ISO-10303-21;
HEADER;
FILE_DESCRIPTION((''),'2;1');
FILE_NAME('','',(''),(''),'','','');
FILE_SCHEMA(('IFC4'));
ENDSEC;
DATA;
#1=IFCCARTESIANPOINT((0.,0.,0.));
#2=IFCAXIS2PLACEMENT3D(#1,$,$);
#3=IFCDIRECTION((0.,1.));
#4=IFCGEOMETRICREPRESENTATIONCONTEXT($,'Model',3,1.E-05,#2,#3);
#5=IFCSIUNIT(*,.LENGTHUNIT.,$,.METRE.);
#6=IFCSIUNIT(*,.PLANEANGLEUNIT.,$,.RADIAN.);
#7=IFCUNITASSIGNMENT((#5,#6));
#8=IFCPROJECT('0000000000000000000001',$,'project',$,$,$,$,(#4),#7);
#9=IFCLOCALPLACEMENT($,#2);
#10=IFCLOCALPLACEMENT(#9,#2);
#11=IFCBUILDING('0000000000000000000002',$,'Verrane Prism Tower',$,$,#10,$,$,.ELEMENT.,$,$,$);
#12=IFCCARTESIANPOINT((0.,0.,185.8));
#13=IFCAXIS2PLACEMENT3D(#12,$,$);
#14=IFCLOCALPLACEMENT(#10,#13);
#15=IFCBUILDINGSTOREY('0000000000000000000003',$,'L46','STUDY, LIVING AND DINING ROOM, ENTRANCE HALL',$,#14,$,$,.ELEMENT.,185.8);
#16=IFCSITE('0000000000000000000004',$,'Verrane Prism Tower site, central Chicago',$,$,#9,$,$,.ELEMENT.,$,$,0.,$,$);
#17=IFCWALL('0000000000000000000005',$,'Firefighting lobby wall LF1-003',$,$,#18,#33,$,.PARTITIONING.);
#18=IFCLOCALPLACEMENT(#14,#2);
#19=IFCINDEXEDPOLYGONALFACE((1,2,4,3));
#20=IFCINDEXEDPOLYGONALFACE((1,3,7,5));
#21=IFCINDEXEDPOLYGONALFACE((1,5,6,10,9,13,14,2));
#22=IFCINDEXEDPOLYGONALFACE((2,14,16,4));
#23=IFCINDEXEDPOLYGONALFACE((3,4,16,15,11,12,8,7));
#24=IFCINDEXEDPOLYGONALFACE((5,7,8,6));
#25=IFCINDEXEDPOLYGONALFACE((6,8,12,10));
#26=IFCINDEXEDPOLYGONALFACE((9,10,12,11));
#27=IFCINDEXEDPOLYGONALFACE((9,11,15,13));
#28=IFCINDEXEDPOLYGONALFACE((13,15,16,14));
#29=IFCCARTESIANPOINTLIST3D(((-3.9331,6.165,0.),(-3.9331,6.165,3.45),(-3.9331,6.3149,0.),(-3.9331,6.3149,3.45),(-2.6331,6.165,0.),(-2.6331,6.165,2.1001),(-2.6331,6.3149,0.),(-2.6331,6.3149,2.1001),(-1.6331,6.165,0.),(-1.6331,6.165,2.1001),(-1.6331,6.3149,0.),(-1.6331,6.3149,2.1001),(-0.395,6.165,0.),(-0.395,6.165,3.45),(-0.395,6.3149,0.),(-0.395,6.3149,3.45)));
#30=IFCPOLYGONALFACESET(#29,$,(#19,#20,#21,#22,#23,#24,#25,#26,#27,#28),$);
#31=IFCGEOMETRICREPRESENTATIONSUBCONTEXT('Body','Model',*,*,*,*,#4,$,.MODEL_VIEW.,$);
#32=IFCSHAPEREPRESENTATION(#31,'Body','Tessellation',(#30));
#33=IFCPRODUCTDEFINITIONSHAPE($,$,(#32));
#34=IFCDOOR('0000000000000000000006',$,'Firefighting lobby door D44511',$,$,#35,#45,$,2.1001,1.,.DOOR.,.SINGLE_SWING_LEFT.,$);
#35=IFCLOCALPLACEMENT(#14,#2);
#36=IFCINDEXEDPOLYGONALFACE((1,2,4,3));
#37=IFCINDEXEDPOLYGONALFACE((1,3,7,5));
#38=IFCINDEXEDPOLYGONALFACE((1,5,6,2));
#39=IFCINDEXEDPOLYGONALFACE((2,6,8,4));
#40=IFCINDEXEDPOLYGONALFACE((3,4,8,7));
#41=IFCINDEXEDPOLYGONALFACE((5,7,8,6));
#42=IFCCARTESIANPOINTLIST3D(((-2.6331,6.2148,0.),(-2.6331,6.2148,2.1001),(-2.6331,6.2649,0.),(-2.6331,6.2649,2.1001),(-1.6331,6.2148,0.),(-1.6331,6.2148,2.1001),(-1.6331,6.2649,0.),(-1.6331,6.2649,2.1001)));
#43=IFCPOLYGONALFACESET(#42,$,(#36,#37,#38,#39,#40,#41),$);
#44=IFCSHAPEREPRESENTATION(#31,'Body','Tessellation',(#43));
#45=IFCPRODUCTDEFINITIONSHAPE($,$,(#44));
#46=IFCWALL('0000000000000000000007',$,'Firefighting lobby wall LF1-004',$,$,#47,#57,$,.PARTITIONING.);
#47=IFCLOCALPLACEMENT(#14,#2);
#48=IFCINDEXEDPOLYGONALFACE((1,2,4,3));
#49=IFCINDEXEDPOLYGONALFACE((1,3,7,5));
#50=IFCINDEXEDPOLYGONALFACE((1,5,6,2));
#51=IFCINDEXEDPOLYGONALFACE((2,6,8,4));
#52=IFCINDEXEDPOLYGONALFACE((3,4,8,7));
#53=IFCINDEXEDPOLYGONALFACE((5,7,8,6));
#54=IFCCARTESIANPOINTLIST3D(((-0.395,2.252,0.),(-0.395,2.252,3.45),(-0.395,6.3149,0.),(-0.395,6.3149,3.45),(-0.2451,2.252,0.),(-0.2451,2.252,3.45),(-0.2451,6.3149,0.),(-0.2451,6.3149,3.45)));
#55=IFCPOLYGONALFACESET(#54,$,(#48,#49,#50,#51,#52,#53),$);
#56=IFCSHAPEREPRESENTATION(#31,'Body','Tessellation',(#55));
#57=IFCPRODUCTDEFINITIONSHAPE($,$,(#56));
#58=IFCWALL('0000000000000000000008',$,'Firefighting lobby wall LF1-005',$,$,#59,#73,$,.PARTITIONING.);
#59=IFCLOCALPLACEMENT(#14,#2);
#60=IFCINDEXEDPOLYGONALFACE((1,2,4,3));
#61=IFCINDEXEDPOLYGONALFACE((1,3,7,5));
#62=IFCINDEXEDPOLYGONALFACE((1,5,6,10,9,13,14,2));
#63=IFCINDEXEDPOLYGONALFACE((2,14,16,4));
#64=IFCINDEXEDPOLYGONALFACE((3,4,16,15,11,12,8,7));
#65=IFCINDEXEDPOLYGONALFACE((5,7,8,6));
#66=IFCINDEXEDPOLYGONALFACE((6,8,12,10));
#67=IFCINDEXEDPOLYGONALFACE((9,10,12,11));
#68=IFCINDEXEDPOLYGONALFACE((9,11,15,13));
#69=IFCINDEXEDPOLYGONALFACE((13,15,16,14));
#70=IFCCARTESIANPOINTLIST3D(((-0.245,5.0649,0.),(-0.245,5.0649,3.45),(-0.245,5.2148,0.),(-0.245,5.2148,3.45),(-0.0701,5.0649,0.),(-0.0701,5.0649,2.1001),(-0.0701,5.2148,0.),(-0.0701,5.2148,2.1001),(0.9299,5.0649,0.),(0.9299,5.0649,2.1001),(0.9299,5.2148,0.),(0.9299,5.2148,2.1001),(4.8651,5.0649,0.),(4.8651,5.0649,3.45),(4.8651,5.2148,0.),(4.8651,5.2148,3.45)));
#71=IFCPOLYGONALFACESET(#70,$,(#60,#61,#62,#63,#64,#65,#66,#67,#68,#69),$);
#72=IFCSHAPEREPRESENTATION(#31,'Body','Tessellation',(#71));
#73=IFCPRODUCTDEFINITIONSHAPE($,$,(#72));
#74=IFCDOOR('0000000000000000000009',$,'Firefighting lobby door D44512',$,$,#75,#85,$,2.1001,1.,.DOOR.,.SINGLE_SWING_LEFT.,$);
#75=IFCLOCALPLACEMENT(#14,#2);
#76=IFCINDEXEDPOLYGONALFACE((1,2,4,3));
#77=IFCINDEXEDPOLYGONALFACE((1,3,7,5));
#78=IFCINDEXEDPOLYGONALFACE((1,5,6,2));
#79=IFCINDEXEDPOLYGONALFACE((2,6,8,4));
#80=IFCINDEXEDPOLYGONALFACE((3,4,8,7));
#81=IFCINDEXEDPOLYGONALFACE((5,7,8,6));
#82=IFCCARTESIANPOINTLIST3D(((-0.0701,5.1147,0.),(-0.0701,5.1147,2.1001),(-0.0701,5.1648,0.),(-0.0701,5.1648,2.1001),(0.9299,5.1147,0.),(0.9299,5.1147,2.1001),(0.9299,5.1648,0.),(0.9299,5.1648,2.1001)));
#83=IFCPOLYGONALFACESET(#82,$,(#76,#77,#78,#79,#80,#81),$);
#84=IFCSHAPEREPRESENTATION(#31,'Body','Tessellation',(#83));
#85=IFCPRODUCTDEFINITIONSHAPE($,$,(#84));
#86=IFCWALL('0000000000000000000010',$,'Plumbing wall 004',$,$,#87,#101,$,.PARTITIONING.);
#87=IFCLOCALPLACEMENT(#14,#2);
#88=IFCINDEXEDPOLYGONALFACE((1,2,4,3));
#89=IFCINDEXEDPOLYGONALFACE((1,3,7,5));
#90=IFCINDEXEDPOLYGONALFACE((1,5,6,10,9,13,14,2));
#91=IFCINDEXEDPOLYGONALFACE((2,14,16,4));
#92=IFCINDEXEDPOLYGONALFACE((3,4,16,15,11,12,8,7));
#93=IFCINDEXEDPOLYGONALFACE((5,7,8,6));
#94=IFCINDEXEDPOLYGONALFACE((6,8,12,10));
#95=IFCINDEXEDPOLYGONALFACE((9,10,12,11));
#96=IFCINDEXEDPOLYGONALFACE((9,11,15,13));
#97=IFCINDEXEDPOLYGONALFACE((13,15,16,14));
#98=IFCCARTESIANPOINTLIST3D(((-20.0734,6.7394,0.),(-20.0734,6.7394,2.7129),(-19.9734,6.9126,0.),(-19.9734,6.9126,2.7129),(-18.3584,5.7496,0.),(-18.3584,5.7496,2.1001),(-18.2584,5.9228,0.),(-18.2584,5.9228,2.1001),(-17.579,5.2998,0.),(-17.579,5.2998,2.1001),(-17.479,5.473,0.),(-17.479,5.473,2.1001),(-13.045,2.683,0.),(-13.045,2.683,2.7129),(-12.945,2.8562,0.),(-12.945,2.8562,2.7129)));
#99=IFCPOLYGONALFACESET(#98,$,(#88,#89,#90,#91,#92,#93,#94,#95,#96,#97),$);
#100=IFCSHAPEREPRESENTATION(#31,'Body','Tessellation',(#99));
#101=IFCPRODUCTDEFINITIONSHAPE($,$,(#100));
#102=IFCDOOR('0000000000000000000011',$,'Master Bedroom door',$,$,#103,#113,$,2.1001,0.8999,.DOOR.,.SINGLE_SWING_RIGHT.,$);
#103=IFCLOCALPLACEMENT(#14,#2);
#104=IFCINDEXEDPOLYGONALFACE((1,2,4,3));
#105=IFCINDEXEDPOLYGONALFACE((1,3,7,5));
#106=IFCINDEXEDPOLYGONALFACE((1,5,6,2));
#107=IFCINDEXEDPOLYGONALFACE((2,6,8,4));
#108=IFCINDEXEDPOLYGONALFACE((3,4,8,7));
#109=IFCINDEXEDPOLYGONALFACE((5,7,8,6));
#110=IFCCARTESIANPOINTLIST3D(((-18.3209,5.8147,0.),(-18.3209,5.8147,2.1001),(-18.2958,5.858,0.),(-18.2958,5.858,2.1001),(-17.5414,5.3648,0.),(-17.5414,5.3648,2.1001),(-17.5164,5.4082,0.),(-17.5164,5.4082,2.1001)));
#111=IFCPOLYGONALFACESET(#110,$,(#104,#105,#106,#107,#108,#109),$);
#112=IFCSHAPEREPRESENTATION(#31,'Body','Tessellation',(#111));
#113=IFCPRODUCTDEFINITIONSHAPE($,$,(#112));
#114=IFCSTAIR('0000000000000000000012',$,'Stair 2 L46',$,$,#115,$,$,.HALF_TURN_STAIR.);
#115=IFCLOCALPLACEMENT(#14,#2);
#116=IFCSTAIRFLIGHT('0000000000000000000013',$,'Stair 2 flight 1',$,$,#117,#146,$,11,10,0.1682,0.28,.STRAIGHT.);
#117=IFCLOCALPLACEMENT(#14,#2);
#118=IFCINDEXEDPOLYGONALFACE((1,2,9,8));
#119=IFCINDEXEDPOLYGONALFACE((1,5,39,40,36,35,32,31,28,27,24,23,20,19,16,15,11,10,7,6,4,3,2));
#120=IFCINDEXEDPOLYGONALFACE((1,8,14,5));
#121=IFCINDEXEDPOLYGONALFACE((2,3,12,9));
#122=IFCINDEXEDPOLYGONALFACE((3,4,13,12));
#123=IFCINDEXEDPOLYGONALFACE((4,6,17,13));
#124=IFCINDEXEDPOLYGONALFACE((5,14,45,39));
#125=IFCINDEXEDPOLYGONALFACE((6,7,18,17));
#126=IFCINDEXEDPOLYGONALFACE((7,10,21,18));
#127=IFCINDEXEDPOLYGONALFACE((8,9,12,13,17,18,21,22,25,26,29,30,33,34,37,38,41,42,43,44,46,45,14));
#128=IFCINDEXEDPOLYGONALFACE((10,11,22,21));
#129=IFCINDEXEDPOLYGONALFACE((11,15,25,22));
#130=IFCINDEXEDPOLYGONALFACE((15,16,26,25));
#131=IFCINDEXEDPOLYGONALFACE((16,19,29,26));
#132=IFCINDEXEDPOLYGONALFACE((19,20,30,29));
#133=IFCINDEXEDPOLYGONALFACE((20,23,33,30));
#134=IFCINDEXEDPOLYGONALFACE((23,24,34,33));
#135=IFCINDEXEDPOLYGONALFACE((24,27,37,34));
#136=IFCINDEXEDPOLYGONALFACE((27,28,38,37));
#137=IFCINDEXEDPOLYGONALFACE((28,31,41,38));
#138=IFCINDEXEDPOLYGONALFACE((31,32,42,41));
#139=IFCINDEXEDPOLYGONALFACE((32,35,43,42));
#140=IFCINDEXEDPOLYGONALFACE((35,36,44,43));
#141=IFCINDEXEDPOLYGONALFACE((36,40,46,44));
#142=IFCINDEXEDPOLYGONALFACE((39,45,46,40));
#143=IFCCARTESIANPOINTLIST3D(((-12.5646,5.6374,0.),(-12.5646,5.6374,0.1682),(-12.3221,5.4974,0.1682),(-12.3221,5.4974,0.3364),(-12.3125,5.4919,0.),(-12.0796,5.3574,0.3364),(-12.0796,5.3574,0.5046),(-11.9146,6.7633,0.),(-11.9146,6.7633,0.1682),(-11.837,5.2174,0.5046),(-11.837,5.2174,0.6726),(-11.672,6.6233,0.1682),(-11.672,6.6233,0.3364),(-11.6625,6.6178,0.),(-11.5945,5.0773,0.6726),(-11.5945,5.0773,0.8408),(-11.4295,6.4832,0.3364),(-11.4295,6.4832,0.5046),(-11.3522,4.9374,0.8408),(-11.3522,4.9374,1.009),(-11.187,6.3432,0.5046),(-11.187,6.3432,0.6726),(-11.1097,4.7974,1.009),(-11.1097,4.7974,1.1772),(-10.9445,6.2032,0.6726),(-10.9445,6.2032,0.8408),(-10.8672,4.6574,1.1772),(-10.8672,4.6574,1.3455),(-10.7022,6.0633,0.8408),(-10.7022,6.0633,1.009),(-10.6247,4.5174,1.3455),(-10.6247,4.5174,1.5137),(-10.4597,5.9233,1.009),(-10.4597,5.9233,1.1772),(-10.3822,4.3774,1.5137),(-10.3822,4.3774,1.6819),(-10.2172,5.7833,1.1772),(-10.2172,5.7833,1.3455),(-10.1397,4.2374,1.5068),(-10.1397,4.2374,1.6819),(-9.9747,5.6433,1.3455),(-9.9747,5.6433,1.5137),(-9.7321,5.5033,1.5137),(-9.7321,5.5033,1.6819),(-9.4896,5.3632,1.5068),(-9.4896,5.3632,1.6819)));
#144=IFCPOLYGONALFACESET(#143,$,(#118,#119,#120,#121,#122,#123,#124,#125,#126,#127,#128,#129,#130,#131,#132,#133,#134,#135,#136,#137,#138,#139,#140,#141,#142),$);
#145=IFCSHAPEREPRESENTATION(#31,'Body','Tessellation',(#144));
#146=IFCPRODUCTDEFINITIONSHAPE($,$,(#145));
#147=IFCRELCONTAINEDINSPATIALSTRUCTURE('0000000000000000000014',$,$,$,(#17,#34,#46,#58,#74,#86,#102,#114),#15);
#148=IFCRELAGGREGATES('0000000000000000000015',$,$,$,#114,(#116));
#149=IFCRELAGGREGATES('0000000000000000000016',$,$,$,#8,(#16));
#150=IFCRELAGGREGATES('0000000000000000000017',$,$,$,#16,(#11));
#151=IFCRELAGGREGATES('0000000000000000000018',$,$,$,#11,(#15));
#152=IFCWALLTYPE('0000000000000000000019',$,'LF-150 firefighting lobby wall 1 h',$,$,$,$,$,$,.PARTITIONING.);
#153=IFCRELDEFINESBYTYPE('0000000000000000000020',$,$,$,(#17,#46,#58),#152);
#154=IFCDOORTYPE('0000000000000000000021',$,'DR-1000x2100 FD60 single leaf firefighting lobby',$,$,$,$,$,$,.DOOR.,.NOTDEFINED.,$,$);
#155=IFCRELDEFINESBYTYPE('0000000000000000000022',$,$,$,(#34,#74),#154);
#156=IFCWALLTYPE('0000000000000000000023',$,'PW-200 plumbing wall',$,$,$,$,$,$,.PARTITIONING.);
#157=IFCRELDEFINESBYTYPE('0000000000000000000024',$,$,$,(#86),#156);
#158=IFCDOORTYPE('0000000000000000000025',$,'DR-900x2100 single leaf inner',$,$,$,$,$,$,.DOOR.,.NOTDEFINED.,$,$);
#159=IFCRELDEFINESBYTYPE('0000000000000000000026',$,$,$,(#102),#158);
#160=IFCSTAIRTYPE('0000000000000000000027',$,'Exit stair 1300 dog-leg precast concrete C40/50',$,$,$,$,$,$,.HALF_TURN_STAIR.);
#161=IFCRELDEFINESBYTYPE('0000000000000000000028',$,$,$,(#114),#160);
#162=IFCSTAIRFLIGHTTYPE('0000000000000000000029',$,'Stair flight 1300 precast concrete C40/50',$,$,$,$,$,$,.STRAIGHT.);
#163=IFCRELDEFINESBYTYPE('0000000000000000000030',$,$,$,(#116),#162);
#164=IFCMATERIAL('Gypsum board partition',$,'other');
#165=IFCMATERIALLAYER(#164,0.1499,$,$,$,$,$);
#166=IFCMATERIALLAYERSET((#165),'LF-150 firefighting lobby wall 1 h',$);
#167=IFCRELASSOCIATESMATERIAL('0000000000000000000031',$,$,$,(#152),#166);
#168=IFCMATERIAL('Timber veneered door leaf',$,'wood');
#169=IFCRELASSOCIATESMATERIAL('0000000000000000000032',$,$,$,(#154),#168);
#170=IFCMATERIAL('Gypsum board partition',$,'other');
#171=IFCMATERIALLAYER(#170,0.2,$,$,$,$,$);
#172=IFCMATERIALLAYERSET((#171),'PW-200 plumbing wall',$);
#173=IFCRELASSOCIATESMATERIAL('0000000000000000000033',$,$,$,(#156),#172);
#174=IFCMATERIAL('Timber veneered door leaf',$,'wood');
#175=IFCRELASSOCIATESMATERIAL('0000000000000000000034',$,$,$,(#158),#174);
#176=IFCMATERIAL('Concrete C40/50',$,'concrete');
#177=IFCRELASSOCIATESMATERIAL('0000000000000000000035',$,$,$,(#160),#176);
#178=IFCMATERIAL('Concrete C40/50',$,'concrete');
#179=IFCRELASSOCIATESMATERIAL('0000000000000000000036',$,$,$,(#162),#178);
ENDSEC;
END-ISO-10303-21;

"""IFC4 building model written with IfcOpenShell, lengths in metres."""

from ifc_helpers import new_model, si_unit, direction, frame, frame_2d, origin, place, context, subcontext, project, spatial, polyline, rectangle, outline, extrude, material, layer, layer_set, type_object, element, fill, aggregate, save


model = new_model("IFC4")

# Units and contexts
model_context = context("Model", 3, precision=1e-05, world=origin(), true_north=direction((0.0, 1.0)))
body_context = subcontext(model_context, "Body", "Model", "MODEL_VIEW")
ifc_project = project(units=[si_unit("LENGTHUNIT", "METRE"), si_unit("PLANEANGLEUNIT", "RADIAN")], contexts=[model_context])

# Site, building, storey
site_placement = place(None, origin())
site = spatial("IfcSite", under=ifc_project, at=site_placement, Name="Verrane Prism Tower site, central Chicago", CompositionType="ELEMENT", RefElevation=0.0)
building_placement = place(site_placement, origin())
building = spatial("IfcBuilding", under=site, at=building_placement, Name="Verrane Prism Tower", CompositionType="ELEMENT")
storey_placement = place(building_placement, frame((0.0, 0.0, 185.8)))
storey = spatial("IfcBuildingStorey", under=building, at=storey_placement, Name="L46", Description="STUDY, LIVING AND DINING ROOM, ENTRANCE HALL", CompositionType="ELEMENT", Elevation=185.8)

# Shared definitions
ifc_material_1 = material(Name="Gypsum board partition", Category="other")
ifc_layer_1 = layer(ifc_material_1, 0.1499)
ifc_layer_set_1 = layer_set([ifc_layer_1], Name="LF-150 firefighting lobby wall 1 h")
wall_type_1 = type_object("IfcWallType", Name="LF-150 firefighting lobby wall 1 h", PredefinedType="PARTITIONING", material=ifc_layer_set_1)

# Wall, opening, door
wall_1_placement = place(storey_placement, frame((-3.9331, 6.24, 0.0), z_axis=(0.0, 0.0, 1.0), x_axis=(1.0, 0.0, 0.0)))
wall_1 = element("IfcWall", 1, at=wall_1_placement, inside=storey, type_object=wall_type_1, Name="Firefighting lobby wall LF1-003", PredefinedType="PARTITIONING", context=body_context, shape_type="SweptSolid", body=[
    extrude(rectangle(XDim=3.5381, YDim=0.1499, at=frame_2d((1.769, 0.0))), origin(), (0.0, 0.0, 1.0), 3.45),
])
opening_1_placement = place(wall_1_placement, frame((1.3, 0.0, 0.0)))
opening_1 = element("IfcOpeningElement", 2, at=opening_1_placement, cuts=wall_1, PredefinedType="OPENING", context=body_context, shape_type="SweptSolid", body=[
    extrude(rectangle(XDim=1.0, YDim=2.1001, at=frame_2d((0.5, 1.05))), frame((0.0, 0.085, 0.0), z_axis=(0.0, -1.0, 0.0), x_axis=(1.0, 0.0, 0.0)), (0.0, 0.0, 1.0), 0.1699),
])
ifc_material_2 = material(Name="Timber veneered door leaf", Category="wood")
door_type_1 = type_object("IfcDoorType", Name="DR-1000x2100 FD60 single leaf firefighting lobby", OperationType="NOTDEFINED", PredefinedType="DOOR", material=ifc_material_2)
door_1_placement = place(opening_1_placement, origin())
door_1 = element("IfcDoor", 3, at=door_1_placement, inside=storey, type_object=door_type_1, Name="Firefighting lobby door D44511", OperationType="SINGLE_SWING_LEFT", OverallHeight=2.1001, OverallWidth=1.0, PredefinedType="DOOR", context=body_context, shape_type="SweptSolid", body=[
    extrude(rectangle(XDim=1.0, YDim=2.1001, at=frame_2d((0.5, 1.05))), frame((0.0, 0.0249, 0.0), z_axis=(0.0, -1.0, 0.0), x_axis=(1.0, 0.0, 0.0)), (0.0, 0.0, 1.0), 0.05),
])
fill(opening_1, door_1)

# Wall
wall_2_placement = place(storey_placement, frame((-0.3201, 2.252, 0.0), z_axis=(0.0, 0.0, 1.0), x_axis=(0.0, 1.0, 0.0)))
element("IfcWall", 4, at=wall_2_placement, inside=storey, type_object=wall_type_1, Name="Firefighting lobby wall LF1-004", PredefinedType="PARTITIONING", context=body_context, shape_type="SweptSolid", body=[
    extrude(rectangle(XDim=4.063, YDim=0.1499, at=frame_2d((2.0315, 0.0))), origin(), (0.0, 0.0, 1.0), 3.45),
])

# Walls, openings, doors
wall_3_placement = place(storey_placement, frame((-0.2451, 5.1399, 0.0), z_axis=(0.0, 0.0, 1.0), x_axis=(1.0, 0.0, 0.0)))
wall_3 = element("IfcWall", 5, at=wall_3_placement, inside=storey, type_object=wall_type_1, Name="Firefighting lobby wall LF1-005", PredefinedType="PARTITIONING", context=body_context, shape_type="SweptSolid", body=[
    extrude(rectangle(XDim=5.1101, YDim=0.1499, at=frame_2d((2.5552, 0.0))), origin(), (0.0, 0.0, 1.0), 3.45),
])
opening_2_placement = place(wall_3_placement, frame((0.175, 0.0, 0.0)))
opening_2 = element("IfcOpeningElement", 6, at=opening_2_placement, cuts=wall_3, PredefinedType="OPENING", context=body_context, shape_type="SweptSolid", body=[
    extrude(rectangle(XDim=1.0, YDim=2.1001, at=frame_2d((0.5, 1.05))), frame((0.0, 0.085, 0.0), z_axis=(0.0, -1.0, 0.0), x_axis=(1.0, 0.0, 0.0)), (0.0, 0.0, 1.0), 0.1699),
])
door_2_placement = place(opening_2_placement, origin())
door_2 = element("IfcDoor", 7, at=door_2_placement, inside=storey, type_object=door_type_1, Name="Firefighting lobby door D44512", OperationType="SINGLE_SWING_LEFT", OverallHeight=2.1001, OverallWidth=1.0, PredefinedType="DOOR", context=body_context, shape_type="SweptSolid", body=[
    extrude(rectangle(XDim=1.0, YDim=2.1001, at=frame_2d((0.5, 1.05))), frame((0.0, 0.0249, 0.0), z_axis=(0.0, -1.0, 0.0), x_axis=(1.0, 0.0, 0.0)), (0.0, 0.0, 1.0), 0.05),
])
fill(opening_2, door_2)
ifc_material_3 = material(Name="Gypsum board partition", Category="other")
ifc_layer_2 = layer(ifc_material_3, 0.2)
ifc_layer_set_2 = layer_set([ifc_layer_2], Name="PW-200 plumbing wall")
wall_type_2 = type_object("IfcWallType", Name="PW-200 plumbing wall", PredefinedType="PARTITIONING", material=ifc_layer_set_2)
wall_4_placement = place(storey_placement, frame((-12.9949, 2.7695, 0.0), z_axis=(0.0, 0.0, 1.0), x_axis=(-0.8661, 0.49987, 0.0)))
wall_4 = element("IfcWall", 8, at=wall_4_placement, inside=storey, type_object=wall_type_2, Name="Plumbing wall 004", PredefinedType="PARTITIONING", context=body_context, shape_type="SweptSolid", body=[
    extrude(rectangle(XDim=8.115, YDim=0.2, at=frame_2d((4.0576, 0.0))), origin(), (0.0, 0.0, 1.0), 2.7129),
])
opening_3_placement = place(wall_4_placement, frame((5.2351, 0.0, 0.0)))
opening_3 = element("IfcOpeningElement", 9, at=opening_3_placement, cuts=wall_4, PredefinedType="OPENING", context=body_context, shape_type="SweptSolid", body=[
    extrude(rectangle(XDim=0.8999, YDim=2.1001, at=frame_2d((0.45, 1.05))), frame((0.0, 0.1099, 0.0), z_axis=(0.0, -1.0, 0.0), x_axis=(1.0, 0.0, 0.0)), (0.0, 0.0, 1.0), 0.22),
])
ifc_material_4 = material(Name="Timber veneered door leaf", Category="wood")
door_type_2 = type_object("IfcDoorType", Name="DR-900x2100 single leaf inner", OperationType="NOTDEFINED", PredefinedType="DOOR", material=ifc_material_4)
door_3_placement = place(opening_3_placement, origin())
door_3 = element("IfcDoor", 10, at=door_3_placement, inside=storey, type_object=door_type_2, Name="Master Bedroom door", OperationType="SINGLE_SWING_RIGHT", OverallHeight=2.1001, OverallWidth=0.8999, PredefinedType="DOOR", context=body_context, shape_type="SweptSolid", body=[
    extrude(rectangle(XDim=0.8999, YDim=2.1001, at=frame_2d((0.45, 1.05))), frame((0.0, 0.0249, 0.0), z_axis=(0.0, -1.0, 0.0), x_axis=(1.0, 0.0, 0.0)), (0.0, 0.0, 1.0), 0.05),
])
fill(opening_3, door_3)

# Stair, stair flight
ifc_material_5 = material(Name="Concrete C40/50", Category="concrete")
stair_type = type_object("IfcStairType", Name="Exit stair 1300 dog-leg precast concrete C40/50", PredefinedType="HALF_TURN_STAIR", material=ifc_material_5)
stair_placement = place(storey_placement, origin())
stair = element("IfcStair", 11, at=stair_placement, inside=storey, type_object=stair_type, Name="Stair 2 L46", PredefinedType="HALF_TURN_STAIR")
ifc_material_6 = material(Name="Concrete C40/50", Category="concrete")
stair_flight_type = type_object("IfcStairFlightType", Name="Stair flight 1300 precast concrete C40/50", PredefinedType="STRAIGHT", material=ifc_material_6)
stair_flight_1_placement = place(storey_placement, frame((-12.2395, 6.2004, 0.0), z_axis=(0.0, 0.0, 1.0), x_axis=(0.866025, -0.5, 0.0)))
stair_flight_1 = element("IfcStairFlight", 12, at=stair_flight_1_placement, type_object=stair_flight_type, Name="Stair 2 flight 1", NumberOfRisers=11, NumberOfTreads=10, PredefinedType="STRAIGHT", RiserHeight=0.1682, TreadLength=0.28, context=body_context, shape_type="SweptSolid", body=[
    extrude(outline(polyline([(0.0, 0.0), (0.0, 0.1682), (0.28, 0.1682), (0.28, 0.3364), (0.5601, 0.3364), (0.5601, 0.5046), (0.8401, 0.5046), (0.8401, 0.6726), (1.1201, 0.6726), (1.1201, 0.8408), (1.3999, 0.8408), (1.3999, 1.009), (1.6799, 1.009), (1.6799, 1.1772), (1.96, 1.1772), (1.96, 1.3455), (2.24, 1.3455), (2.24, 1.5137), (2.52, 1.5137), (2.52, 1.6819), (2.8, 1.6819), (2.8, 1.8501), (2.8, 1.5068), (0.291, 0.0), (0.0, 0.0)])), frame((0.0, 0.6499, 0.0), z_axis=(0.0, -1.0, 0.0), x_axis=(1.0, 0.0, 0.0)), (0.0, 0.0, 1.0), 1.3),
])
aggregate(stair, [stair_flight_1])

save(model, "model.ifc")
